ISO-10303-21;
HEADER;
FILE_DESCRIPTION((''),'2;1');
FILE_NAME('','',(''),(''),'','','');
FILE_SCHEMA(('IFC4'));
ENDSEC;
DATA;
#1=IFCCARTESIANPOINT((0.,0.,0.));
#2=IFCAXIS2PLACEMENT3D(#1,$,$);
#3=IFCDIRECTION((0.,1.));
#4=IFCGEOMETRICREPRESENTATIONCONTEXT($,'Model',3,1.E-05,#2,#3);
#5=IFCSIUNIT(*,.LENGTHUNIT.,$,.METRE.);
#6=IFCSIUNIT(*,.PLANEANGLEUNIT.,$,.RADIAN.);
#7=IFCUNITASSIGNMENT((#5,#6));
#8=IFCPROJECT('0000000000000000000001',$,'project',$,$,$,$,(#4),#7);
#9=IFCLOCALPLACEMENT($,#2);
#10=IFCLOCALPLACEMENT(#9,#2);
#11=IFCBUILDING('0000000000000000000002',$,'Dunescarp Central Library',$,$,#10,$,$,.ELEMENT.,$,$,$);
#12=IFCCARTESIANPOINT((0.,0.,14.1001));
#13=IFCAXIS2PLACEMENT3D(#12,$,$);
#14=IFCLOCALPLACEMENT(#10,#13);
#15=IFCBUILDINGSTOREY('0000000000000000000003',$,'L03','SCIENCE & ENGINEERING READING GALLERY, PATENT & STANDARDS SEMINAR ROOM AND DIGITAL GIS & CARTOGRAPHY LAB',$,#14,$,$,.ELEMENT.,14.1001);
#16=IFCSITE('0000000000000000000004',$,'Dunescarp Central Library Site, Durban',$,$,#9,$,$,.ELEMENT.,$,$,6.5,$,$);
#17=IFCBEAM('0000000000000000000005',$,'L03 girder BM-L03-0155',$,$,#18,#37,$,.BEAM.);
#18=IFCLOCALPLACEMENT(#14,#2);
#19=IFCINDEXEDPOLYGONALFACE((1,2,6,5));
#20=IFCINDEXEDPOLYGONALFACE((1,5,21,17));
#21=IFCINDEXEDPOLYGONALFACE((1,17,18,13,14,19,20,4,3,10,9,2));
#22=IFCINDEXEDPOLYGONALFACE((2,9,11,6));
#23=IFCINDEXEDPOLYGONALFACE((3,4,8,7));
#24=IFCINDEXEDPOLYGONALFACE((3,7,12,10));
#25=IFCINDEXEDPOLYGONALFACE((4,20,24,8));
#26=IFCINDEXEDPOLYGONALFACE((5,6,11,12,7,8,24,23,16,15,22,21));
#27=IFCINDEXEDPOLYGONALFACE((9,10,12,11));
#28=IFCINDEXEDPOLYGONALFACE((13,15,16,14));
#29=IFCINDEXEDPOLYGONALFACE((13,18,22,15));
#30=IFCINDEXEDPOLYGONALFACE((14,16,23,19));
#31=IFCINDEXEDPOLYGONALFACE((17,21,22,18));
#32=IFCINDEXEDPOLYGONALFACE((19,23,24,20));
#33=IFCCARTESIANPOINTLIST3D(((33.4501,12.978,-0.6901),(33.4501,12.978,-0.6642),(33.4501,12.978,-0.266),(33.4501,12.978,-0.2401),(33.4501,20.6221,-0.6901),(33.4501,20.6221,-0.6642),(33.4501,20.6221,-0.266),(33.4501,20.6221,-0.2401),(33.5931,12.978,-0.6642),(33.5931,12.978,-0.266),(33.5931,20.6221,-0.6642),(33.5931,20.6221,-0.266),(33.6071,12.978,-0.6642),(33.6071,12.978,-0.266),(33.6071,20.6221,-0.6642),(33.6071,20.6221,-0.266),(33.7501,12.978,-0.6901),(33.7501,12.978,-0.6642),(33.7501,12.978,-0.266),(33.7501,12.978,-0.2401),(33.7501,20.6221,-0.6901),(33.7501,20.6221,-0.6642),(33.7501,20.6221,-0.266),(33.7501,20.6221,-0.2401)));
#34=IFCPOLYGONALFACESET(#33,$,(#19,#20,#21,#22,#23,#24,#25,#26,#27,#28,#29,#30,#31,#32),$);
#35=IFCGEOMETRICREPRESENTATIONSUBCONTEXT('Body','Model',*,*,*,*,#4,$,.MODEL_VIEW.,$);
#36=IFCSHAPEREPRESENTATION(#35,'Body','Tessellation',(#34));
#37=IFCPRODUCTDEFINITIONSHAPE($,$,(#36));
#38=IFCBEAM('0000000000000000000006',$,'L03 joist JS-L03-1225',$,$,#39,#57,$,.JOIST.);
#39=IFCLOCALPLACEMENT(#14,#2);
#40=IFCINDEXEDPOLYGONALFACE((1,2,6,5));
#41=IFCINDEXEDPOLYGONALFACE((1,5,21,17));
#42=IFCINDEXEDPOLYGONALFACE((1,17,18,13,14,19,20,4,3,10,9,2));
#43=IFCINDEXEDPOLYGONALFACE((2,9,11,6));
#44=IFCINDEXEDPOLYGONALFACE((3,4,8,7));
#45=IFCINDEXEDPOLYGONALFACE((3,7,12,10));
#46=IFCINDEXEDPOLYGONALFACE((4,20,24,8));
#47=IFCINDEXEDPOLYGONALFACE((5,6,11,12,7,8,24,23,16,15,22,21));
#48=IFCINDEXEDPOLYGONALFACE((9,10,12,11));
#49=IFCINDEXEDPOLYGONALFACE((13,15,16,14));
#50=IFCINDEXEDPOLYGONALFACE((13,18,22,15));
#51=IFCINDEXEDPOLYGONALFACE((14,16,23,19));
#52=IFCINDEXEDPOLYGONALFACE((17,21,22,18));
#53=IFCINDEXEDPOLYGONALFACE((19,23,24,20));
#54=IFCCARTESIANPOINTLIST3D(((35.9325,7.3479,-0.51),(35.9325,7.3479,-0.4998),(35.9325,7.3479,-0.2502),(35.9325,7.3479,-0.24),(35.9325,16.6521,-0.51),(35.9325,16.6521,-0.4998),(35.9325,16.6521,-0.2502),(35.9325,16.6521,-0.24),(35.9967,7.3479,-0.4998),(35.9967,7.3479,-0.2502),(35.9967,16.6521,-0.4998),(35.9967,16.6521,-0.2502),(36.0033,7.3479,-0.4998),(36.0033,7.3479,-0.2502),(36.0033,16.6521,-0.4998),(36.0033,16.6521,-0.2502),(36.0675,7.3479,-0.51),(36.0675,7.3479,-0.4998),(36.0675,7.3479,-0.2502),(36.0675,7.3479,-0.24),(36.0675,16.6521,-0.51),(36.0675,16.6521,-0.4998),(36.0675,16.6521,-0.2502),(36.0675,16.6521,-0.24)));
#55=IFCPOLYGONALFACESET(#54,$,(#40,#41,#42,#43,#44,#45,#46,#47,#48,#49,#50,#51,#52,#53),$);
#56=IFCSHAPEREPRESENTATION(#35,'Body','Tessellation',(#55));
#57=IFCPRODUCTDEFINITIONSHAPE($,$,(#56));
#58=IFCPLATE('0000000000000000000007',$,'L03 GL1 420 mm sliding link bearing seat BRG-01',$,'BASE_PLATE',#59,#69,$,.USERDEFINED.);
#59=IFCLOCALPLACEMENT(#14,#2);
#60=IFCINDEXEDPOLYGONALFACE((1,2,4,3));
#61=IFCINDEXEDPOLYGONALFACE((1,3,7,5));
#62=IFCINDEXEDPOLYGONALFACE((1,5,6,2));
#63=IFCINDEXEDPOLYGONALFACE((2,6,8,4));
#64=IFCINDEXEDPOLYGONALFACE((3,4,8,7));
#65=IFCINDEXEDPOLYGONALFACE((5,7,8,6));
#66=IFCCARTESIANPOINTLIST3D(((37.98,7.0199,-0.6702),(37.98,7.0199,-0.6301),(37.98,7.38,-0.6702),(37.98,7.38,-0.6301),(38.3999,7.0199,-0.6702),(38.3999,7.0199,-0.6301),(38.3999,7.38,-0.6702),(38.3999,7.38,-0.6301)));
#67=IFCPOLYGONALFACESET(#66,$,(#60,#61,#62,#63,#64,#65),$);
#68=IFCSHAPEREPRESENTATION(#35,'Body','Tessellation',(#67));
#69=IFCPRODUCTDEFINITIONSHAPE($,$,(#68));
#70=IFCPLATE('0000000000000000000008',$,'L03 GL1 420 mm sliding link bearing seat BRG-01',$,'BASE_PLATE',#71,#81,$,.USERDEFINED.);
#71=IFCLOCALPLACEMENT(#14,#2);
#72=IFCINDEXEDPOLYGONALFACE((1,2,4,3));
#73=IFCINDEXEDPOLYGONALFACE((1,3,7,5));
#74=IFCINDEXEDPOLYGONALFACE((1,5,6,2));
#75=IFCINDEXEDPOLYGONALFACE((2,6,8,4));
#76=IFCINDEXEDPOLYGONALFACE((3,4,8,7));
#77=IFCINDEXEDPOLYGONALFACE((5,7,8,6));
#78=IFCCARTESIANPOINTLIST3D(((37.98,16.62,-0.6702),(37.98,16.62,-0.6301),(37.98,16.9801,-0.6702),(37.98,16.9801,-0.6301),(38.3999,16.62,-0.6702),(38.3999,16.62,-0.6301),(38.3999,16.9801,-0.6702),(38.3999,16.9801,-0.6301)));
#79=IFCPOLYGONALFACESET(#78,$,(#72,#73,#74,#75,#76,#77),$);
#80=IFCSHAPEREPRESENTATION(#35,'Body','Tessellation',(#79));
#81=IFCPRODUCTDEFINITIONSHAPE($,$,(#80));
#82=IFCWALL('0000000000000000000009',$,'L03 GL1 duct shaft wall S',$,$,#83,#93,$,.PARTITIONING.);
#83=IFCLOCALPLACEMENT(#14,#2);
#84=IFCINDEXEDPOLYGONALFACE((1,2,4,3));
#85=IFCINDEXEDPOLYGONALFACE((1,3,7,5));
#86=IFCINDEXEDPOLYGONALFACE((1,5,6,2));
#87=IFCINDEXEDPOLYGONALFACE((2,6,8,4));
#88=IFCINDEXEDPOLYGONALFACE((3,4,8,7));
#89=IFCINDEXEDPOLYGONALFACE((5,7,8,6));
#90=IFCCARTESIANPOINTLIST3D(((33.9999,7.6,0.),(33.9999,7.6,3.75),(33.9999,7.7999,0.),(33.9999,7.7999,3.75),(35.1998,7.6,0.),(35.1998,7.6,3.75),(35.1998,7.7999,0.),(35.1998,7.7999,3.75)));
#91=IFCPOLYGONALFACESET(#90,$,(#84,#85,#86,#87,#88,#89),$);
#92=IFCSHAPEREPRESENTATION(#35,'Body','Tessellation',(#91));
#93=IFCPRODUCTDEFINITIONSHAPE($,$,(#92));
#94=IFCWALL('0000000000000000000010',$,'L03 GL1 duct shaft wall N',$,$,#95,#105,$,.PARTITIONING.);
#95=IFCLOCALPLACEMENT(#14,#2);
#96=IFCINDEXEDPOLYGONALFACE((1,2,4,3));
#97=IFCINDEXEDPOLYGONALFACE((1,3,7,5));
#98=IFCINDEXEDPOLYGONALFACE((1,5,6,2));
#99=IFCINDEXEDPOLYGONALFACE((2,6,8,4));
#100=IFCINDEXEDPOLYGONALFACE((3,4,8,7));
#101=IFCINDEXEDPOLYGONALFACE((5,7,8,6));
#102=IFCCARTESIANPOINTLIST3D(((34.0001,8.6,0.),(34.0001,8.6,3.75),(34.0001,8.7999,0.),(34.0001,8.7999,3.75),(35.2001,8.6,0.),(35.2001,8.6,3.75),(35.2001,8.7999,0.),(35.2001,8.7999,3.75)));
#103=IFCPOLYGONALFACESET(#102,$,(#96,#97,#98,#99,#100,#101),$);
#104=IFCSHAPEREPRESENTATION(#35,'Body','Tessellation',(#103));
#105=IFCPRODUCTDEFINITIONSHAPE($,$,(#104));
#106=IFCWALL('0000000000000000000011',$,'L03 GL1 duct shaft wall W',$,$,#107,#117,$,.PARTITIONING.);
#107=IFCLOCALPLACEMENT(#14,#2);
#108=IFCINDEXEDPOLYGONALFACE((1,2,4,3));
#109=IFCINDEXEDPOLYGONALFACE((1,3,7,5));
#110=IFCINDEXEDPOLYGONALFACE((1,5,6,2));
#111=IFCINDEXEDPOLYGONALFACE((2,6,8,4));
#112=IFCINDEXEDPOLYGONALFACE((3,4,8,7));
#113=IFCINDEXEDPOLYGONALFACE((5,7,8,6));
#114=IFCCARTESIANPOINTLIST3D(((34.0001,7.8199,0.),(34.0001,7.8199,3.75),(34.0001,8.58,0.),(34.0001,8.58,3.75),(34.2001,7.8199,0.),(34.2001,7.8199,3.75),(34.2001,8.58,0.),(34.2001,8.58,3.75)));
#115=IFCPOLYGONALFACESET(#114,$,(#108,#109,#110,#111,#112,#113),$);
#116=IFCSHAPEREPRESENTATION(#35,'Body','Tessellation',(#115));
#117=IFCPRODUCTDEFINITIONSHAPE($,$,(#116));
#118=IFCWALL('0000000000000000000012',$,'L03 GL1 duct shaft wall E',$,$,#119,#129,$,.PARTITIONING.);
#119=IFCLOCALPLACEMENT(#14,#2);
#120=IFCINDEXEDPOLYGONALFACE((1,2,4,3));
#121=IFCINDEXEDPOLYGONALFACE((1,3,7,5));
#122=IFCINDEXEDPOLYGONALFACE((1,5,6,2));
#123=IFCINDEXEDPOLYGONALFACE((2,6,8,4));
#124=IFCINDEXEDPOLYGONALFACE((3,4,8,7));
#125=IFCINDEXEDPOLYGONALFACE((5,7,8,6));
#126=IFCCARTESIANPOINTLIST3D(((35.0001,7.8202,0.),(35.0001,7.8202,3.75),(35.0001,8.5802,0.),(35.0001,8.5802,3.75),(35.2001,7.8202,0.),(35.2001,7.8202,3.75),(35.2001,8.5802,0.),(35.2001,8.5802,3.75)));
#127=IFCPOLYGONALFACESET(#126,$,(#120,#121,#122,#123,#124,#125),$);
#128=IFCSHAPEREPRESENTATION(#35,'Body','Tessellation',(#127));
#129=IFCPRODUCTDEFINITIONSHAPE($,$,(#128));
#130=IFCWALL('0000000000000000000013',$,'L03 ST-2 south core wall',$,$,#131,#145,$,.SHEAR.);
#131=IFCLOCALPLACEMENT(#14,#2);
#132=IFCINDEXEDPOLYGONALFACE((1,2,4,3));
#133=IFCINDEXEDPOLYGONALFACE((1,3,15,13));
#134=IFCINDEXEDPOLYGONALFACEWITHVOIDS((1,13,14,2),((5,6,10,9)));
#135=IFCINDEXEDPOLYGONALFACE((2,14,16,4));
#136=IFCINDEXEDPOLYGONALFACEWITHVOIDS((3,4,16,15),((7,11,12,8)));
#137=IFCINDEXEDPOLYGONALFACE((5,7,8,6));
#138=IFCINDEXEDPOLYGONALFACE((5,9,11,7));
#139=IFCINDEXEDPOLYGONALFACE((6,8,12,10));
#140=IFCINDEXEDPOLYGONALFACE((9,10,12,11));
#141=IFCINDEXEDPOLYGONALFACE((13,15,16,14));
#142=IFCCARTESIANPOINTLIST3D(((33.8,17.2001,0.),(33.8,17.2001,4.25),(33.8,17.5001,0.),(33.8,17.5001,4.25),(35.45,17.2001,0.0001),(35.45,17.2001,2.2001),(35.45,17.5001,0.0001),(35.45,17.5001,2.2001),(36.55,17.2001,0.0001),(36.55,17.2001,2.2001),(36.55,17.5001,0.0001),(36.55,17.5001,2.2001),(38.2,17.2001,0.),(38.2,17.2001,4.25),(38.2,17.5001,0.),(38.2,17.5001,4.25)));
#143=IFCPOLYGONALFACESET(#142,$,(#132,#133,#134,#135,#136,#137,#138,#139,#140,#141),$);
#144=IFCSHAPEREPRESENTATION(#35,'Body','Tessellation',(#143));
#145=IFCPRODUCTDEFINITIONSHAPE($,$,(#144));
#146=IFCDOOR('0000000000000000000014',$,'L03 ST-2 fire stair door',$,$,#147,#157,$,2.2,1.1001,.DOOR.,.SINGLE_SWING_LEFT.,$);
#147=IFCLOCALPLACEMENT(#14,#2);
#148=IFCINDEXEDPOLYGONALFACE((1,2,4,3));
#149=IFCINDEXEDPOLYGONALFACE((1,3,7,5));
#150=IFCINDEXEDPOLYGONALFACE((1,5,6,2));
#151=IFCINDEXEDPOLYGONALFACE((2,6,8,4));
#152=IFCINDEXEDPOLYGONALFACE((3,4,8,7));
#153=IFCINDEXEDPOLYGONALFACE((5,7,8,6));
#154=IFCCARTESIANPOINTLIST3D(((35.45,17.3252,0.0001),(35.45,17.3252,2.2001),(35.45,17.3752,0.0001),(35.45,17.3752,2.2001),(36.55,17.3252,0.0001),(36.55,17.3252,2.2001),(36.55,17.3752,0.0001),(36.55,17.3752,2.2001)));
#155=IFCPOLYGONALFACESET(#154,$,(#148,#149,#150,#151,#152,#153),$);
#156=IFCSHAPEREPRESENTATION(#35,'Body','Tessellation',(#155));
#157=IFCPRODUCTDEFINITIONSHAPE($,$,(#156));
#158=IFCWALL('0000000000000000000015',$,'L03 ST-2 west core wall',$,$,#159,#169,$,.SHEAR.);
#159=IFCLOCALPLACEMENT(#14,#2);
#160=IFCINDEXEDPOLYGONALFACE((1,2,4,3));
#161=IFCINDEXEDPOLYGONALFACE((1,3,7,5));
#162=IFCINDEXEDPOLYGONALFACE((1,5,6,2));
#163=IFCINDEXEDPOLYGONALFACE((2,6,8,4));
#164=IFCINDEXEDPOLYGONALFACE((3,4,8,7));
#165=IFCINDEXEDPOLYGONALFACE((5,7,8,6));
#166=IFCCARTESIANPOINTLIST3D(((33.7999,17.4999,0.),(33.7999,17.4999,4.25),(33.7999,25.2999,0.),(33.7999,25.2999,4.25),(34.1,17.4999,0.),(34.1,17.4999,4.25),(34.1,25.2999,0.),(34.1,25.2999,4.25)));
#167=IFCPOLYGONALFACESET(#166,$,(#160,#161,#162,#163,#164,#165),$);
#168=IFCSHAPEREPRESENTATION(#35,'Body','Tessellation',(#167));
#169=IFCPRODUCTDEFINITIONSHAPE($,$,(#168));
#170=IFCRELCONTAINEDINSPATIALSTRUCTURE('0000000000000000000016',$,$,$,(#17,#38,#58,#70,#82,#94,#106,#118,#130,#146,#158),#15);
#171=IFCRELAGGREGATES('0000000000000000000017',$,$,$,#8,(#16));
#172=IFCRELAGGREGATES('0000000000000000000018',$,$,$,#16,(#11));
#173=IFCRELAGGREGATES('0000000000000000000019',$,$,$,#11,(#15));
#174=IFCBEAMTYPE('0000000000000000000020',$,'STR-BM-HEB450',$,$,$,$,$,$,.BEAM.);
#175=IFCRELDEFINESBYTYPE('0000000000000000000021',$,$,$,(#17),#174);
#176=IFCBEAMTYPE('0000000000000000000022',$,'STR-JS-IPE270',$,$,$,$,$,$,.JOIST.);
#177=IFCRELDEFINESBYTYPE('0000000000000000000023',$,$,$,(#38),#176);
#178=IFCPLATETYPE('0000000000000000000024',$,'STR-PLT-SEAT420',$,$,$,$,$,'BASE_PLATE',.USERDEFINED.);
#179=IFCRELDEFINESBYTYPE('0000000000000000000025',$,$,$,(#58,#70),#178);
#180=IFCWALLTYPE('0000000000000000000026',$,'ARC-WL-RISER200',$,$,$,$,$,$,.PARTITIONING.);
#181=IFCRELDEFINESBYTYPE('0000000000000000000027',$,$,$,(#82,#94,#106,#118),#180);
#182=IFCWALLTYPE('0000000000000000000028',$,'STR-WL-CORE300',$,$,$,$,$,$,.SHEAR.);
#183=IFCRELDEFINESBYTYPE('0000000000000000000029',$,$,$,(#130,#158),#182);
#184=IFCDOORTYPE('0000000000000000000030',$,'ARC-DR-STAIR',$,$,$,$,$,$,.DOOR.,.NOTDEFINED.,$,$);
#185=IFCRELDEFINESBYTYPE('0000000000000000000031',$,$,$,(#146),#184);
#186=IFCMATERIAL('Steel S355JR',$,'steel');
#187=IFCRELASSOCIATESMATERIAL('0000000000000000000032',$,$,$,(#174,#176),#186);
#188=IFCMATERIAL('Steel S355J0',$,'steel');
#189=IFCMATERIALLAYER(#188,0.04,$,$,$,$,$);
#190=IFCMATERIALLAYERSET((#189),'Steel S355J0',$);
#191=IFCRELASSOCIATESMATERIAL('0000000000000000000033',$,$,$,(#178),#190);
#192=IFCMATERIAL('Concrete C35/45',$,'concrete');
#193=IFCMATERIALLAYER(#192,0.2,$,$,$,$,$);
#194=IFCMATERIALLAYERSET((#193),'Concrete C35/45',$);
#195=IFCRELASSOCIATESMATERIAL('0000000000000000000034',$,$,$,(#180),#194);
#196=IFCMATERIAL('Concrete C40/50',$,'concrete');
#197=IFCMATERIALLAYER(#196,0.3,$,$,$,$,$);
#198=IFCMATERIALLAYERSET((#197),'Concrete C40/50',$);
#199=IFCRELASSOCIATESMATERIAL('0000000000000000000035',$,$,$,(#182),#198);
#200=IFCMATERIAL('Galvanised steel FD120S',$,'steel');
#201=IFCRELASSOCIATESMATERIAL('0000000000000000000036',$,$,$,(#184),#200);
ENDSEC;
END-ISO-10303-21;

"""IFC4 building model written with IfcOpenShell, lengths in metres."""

from ifc_helpers import new_model, si_unit, direction, frame, frame_2d, origin, origin_2d, place, context, subcontext, project, spatial, rectangle, i_section, extrude, material, layer, layer_set, material_profile, profile_set, type_object, element, fill, save


model = new_model("IFC4")

# Units and contexts
model_context = context("Model", 3, precision=1e-05, world=origin(), true_north=direction((0.0, 1.0)))
body_context = subcontext(model_context, "Body", "Model", "MODEL_VIEW")
ifc_project = project(units=[si_unit("LENGTHUNIT", "METRE"), si_unit("PLANEANGLEUNIT", "RADIAN")], contexts=[model_context])

# Site, building, storey
site_placement = place(None, origin())
site = spatial("IfcSite", under=ifc_project, at=site_placement, Name="Dunescarp Central Library Site, Durban", CompositionType="ELEMENT", RefElevation=6.5)
building_placement = place(site_placement, origin())
building = spatial("IfcBuilding", under=site, at=building_placement, Name="Dunescarp Central Library", CompositionType="ELEMENT")
storey_placement = place(building_placement, frame((0.0, 0.0, 14.1001)))
storey = spatial("IfcBuildingStorey", under=building, at=storey_placement, Name="L03", Description="SCIENCE & ENGINEERING READING GALLERY, PATENT & STANDARDS SEMINAR ROOM AND DIGITAL GIS & CARTOGRAPHY LAB", CompositionType="ELEMENT", Elevation=14.1001)

# Shared definitions
ifc_material_1 = material(Name="Steel S355JR", Category="steel")

# Beams
ifc_material_profile_1 = material_profile(ifc_material_1, i_section(OverallWidth=0.3, OverallDepth=0.45, WebThickness=0.0139, FlangeThickness=0.0259, at=origin_2d()), Name="HEB 450")
ifc_profile_set_1 = profile_set([ifc_material_profile_1], Name="Steel S355JR")
beam_type_1 = type_object("IfcBeamType", Name="STR-BM-HEB450", PredefinedType="BEAM", material=ifc_profile_set_1)
beam_1_placement = place(storey_placement, frame((33.6001, 12.978, -0.4651), z_axis=(0.0, 1.0, 0.0), x_axis=(-1.0, 0.0, 0.0)))
element("IfcBeam", 1, at=beam_1_placement, inside=storey, type_object=beam_type_1, Name="L03 girder BM-L03-0155", PredefinedType="BEAM", context=body_context, shape_type="SweptSolid", body=[
    extrude(i_section(OverallWidth=0.3, OverallDepth=0.45, WebThickness=0.0139, FlangeThickness=0.0259, at=origin_2d()), origin(), (0.0, 0.0, 1.0), 7.644),
])
ifc_material_profile_2 = material_profile(ifc_material_1, i_section(OverallWidth=0.135, OverallDepth=0.27, WebThickness=0.0066, FlangeThickness=0.0103, at=origin_2d()), Name="IPE 270")
ifc_profile_set_2 = profile_set([ifc_material_profile_2], Name="Steel S355JR")
beam_type_2 = type_object("IfcBeamType", Name="STR-JS-IPE270", PredefinedType="JOIST", material=ifc_profile_set_2)
beam_2_placement = place(storey_placement, frame((36.0, 7.3479, -0.375), z_axis=(0.0, 1.0, 0.0), x_axis=(-1.0, 0.0, 0.0)))
element("IfcBeam", 2, at=beam_2_placement, inside=storey, type_object=beam_type_2, Name="L03 joist JS-L03-1225", PredefinedType="JOIST", context=body_context, shape_type="SweptSolid", body=[
    extrude(i_section(OverallWidth=0.135, OverallDepth=0.27, WebThickness=0.0066, FlangeThickness=0.0103, at=origin_2d()), origin(), (0.0, 0.0, 1.0), 9.3042),
])

# Plates
ifc_material_2 = material(Name="Steel S355J0", Category="steel")
ifc_layer_1 = layer(ifc_material_2, 0.04)
ifc_layer_set_1 = layer_set([ifc_layer_1], Name="Steel S355J0")
plate_type = type_object("IfcPlateType", Name="STR-PLT-SEAT420", ElementType="BASE_PLATE", PredefinedType="USERDEFINED", material=ifc_layer_set_1)
for number, where, z_axis, x_axis, name in (
    (3, (38.1899, 7.2, -0.6702), (0.0, 0.0, 1.0), (1.0, 0.0, 0.0), "L03 GL1 420 mm sliding link bearing seat BRG-01"),
    (4, (38.1899, 16.8, -0.6702), (0.0, 0.0, 1.0), (1.0, 0.0, 0.0), "L03 GL1 420 mm sliding link bearing seat BRG-01"),
):
    element("IfcPlate", number, at=place(storey_placement, frame(where, z_axis=z_axis, x_axis=x_axis)), inside=storey, type_object=plate_type, Name=name, ObjectType="BASE_PLATE", PredefinedType="USERDEFINED", context=body_context, shape_type="SweptSolid", body=[
        extrude(rectangle(XDim=0.4199, YDim=0.3601, at=origin_2d()), origin(), (0.0, 0.0, 1.0), 0.04),
    ])

# Walls
ifc_material_3 = material(Name="Concrete C35/45", Category="concrete")
ifc_layer_2 = layer(ifc_material_3, 0.2)
ifc_layer_set_2 = layer_set([ifc_layer_2], Name="Concrete C35/45")
wall_type_1 = type_object("IfcWallType", Name="ARC-WL-RISER200", PredefinedType="PARTITIONING", material=ifc_layer_set_2)
for number, where, z_axis, x_axis, name in (
    (5, (35.2, 7.7, 0.0), (0.0, 0.0, 1.0), (-1.0, 0.0, 0.0), "L03 GL1 duct shaft wall S"),
    (6, (34.0, 8.7, 0.0), (0.0, 0.0, 1.0), (1.0, 0.0, 0.0), "L03 GL1 duct shaft wall N"),
):
    element("IfcWall", number, at=place(storey_placement, frame(where, z_axis=z_axis, x_axis=x_axis)), inside=storey, type_object=wall_type_1, Name=name, PredefinedType="PARTITIONING", context=body_context, shape_type="SweptSolid", body=[
        extrude(rectangle(XDim=1.2, YDim=0.2, at=frame_2d((0.6001, 0.0))), origin(), (0.0, 0.0, 1.0), 3.75),
    ])
for number, where, z_axis, x_axis, name in (
    (7, (34.1001, 7.8201, 0.0), (0.0, 0.0, 1.0), (0.0, 1.0, 0.0), "L03 GL1 duct shaft wall W"),
    (8, (35.1001, 8.5801, 0.0), (0.0, 0.0, 1.0), (0.0, -1.0, 0.0), "L03 GL1 duct shaft wall E"),
):
    element("IfcWall", number, at=place(storey_placement, frame(where, z_axis=z_axis, x_axis=x_axis)), inside=storey, type_object=wall_type_1, Name=name, PredefinedType="PARTITIONING", context=body_context, shape_type="SweptSolid", body=[
        extrude(rectangle(XDim=0.76, YDim=0.2, at=frame_2d((0.3799, 0.0))), origin(), (0.0, 0.0, 1.0), 3.75),
    ])

# Wall, opening, door
ifc_material_4 = material(Name="Concrete C40/50", Category="concrete")
ifc_layer_3 = layer(ifc_material_4, 0.3)
ifc_layer_set_3 = layer_set([ifc_layer_3], Name="Concrete C40/50")
wall_type_2 = type_object("IfcWallType", Name="STR-WL-CORE300", PredefinedType="SHEAR", material=ifc_layer_set_3)
wall_1_placement = place(storey_placement, frame((38.2, 17.3501, 0.0), z_axis=(0.0, 0.0, 1.0), x_axis=(-1.0, 0.0, 0.0)))
wall_1 = element("IfcWall", 9, at=wall_1_placement, inside=storey, type_object=wall_type_2, Name="L03 ST-2 south core wall", PredefinedType="SHEAR", context=body_context, shape_type="SweptSolid", body=[
    extrude(rectangle(XDim=4.3999, YDim=0.3, at=frame_2d((2.2, 0.0))), origin(), (0.0, 0.0, 1.0), 4.25),
])
opening_placement = place(wall_1_placement, frame((1.6499, 0.0, 0.0)))
opening = element("IfcOpeningElement", 10, at=opening_placement, cuts=wall_1, PredefinedType="OPENING", context=body_context, shape_type="SweptSolid", body=[
    extrude(rectangle(XDim=1.1001, YDim=2.2, at=frame_2d((0.55, 1.1001))), frame((0.0, 0.1602, 0.0), z_axis=(0.0, -1.0, 0.0), x_axis=(1.0, 0.0, 0.0)), (0.0, 0.0, 1.0), 0.3201),
])
ifc_material_5 = material(Name="Galvanised steel FD120S", Category="steel")
door_type = type_object("IfcDoorType", Name="ARC-DR-STAIR", OperationType="NOTDEFINED", PredefinedType="DOOR", material=ifc_material_5)
door_placement = place(opening_placement, origin())
door = element("IfcDoor", 11, at=door_placement, inside=storey, type_object=door_type, Name="L03 ST-2 fire stair door", OperationType="SINGLE_SWING_LEFT", OverallHeight=2.2, OverallWidth=1.1001, PredefinedType="DOOR", context=body_context, shape_type="SweptSolid", body=[
    extrude(rectangle(XDim=1.1001, YDim=2.2, at=frame_2d((0.55, 1.1001))), frame((0.0, 0.0249, 0.0), z_axis=(0.0, -1.0, 0.0), x_axis=(1.0, 0.0, 0.0)), (0.0, 0.0, 1.0), 0.05),
])
fill(opening, door)

# Wall
wall_2_placement = place(storey_placement, frame((33.95, 17.5, 0.0), z_axis=(0.0, 0.0, 1.0), x_axis=(0.0, 1.0, 0.0)))
element("IfcWall", 12, at=wall_2_placement, inside=storey, type_object=wall_type_2, Name="L03 ST-2 west core wall", PredefinedType="SHEAR", context=body_context, shape_type="SweptSolid", body=[
    extrude(rectangle(XDim=7.8, YDim=0.3, at=frame_2d((3.8999, 0.0))), origin(), (0.0, 0.0, 1.0), 4.25),
])

save(model, "model.ifc")
